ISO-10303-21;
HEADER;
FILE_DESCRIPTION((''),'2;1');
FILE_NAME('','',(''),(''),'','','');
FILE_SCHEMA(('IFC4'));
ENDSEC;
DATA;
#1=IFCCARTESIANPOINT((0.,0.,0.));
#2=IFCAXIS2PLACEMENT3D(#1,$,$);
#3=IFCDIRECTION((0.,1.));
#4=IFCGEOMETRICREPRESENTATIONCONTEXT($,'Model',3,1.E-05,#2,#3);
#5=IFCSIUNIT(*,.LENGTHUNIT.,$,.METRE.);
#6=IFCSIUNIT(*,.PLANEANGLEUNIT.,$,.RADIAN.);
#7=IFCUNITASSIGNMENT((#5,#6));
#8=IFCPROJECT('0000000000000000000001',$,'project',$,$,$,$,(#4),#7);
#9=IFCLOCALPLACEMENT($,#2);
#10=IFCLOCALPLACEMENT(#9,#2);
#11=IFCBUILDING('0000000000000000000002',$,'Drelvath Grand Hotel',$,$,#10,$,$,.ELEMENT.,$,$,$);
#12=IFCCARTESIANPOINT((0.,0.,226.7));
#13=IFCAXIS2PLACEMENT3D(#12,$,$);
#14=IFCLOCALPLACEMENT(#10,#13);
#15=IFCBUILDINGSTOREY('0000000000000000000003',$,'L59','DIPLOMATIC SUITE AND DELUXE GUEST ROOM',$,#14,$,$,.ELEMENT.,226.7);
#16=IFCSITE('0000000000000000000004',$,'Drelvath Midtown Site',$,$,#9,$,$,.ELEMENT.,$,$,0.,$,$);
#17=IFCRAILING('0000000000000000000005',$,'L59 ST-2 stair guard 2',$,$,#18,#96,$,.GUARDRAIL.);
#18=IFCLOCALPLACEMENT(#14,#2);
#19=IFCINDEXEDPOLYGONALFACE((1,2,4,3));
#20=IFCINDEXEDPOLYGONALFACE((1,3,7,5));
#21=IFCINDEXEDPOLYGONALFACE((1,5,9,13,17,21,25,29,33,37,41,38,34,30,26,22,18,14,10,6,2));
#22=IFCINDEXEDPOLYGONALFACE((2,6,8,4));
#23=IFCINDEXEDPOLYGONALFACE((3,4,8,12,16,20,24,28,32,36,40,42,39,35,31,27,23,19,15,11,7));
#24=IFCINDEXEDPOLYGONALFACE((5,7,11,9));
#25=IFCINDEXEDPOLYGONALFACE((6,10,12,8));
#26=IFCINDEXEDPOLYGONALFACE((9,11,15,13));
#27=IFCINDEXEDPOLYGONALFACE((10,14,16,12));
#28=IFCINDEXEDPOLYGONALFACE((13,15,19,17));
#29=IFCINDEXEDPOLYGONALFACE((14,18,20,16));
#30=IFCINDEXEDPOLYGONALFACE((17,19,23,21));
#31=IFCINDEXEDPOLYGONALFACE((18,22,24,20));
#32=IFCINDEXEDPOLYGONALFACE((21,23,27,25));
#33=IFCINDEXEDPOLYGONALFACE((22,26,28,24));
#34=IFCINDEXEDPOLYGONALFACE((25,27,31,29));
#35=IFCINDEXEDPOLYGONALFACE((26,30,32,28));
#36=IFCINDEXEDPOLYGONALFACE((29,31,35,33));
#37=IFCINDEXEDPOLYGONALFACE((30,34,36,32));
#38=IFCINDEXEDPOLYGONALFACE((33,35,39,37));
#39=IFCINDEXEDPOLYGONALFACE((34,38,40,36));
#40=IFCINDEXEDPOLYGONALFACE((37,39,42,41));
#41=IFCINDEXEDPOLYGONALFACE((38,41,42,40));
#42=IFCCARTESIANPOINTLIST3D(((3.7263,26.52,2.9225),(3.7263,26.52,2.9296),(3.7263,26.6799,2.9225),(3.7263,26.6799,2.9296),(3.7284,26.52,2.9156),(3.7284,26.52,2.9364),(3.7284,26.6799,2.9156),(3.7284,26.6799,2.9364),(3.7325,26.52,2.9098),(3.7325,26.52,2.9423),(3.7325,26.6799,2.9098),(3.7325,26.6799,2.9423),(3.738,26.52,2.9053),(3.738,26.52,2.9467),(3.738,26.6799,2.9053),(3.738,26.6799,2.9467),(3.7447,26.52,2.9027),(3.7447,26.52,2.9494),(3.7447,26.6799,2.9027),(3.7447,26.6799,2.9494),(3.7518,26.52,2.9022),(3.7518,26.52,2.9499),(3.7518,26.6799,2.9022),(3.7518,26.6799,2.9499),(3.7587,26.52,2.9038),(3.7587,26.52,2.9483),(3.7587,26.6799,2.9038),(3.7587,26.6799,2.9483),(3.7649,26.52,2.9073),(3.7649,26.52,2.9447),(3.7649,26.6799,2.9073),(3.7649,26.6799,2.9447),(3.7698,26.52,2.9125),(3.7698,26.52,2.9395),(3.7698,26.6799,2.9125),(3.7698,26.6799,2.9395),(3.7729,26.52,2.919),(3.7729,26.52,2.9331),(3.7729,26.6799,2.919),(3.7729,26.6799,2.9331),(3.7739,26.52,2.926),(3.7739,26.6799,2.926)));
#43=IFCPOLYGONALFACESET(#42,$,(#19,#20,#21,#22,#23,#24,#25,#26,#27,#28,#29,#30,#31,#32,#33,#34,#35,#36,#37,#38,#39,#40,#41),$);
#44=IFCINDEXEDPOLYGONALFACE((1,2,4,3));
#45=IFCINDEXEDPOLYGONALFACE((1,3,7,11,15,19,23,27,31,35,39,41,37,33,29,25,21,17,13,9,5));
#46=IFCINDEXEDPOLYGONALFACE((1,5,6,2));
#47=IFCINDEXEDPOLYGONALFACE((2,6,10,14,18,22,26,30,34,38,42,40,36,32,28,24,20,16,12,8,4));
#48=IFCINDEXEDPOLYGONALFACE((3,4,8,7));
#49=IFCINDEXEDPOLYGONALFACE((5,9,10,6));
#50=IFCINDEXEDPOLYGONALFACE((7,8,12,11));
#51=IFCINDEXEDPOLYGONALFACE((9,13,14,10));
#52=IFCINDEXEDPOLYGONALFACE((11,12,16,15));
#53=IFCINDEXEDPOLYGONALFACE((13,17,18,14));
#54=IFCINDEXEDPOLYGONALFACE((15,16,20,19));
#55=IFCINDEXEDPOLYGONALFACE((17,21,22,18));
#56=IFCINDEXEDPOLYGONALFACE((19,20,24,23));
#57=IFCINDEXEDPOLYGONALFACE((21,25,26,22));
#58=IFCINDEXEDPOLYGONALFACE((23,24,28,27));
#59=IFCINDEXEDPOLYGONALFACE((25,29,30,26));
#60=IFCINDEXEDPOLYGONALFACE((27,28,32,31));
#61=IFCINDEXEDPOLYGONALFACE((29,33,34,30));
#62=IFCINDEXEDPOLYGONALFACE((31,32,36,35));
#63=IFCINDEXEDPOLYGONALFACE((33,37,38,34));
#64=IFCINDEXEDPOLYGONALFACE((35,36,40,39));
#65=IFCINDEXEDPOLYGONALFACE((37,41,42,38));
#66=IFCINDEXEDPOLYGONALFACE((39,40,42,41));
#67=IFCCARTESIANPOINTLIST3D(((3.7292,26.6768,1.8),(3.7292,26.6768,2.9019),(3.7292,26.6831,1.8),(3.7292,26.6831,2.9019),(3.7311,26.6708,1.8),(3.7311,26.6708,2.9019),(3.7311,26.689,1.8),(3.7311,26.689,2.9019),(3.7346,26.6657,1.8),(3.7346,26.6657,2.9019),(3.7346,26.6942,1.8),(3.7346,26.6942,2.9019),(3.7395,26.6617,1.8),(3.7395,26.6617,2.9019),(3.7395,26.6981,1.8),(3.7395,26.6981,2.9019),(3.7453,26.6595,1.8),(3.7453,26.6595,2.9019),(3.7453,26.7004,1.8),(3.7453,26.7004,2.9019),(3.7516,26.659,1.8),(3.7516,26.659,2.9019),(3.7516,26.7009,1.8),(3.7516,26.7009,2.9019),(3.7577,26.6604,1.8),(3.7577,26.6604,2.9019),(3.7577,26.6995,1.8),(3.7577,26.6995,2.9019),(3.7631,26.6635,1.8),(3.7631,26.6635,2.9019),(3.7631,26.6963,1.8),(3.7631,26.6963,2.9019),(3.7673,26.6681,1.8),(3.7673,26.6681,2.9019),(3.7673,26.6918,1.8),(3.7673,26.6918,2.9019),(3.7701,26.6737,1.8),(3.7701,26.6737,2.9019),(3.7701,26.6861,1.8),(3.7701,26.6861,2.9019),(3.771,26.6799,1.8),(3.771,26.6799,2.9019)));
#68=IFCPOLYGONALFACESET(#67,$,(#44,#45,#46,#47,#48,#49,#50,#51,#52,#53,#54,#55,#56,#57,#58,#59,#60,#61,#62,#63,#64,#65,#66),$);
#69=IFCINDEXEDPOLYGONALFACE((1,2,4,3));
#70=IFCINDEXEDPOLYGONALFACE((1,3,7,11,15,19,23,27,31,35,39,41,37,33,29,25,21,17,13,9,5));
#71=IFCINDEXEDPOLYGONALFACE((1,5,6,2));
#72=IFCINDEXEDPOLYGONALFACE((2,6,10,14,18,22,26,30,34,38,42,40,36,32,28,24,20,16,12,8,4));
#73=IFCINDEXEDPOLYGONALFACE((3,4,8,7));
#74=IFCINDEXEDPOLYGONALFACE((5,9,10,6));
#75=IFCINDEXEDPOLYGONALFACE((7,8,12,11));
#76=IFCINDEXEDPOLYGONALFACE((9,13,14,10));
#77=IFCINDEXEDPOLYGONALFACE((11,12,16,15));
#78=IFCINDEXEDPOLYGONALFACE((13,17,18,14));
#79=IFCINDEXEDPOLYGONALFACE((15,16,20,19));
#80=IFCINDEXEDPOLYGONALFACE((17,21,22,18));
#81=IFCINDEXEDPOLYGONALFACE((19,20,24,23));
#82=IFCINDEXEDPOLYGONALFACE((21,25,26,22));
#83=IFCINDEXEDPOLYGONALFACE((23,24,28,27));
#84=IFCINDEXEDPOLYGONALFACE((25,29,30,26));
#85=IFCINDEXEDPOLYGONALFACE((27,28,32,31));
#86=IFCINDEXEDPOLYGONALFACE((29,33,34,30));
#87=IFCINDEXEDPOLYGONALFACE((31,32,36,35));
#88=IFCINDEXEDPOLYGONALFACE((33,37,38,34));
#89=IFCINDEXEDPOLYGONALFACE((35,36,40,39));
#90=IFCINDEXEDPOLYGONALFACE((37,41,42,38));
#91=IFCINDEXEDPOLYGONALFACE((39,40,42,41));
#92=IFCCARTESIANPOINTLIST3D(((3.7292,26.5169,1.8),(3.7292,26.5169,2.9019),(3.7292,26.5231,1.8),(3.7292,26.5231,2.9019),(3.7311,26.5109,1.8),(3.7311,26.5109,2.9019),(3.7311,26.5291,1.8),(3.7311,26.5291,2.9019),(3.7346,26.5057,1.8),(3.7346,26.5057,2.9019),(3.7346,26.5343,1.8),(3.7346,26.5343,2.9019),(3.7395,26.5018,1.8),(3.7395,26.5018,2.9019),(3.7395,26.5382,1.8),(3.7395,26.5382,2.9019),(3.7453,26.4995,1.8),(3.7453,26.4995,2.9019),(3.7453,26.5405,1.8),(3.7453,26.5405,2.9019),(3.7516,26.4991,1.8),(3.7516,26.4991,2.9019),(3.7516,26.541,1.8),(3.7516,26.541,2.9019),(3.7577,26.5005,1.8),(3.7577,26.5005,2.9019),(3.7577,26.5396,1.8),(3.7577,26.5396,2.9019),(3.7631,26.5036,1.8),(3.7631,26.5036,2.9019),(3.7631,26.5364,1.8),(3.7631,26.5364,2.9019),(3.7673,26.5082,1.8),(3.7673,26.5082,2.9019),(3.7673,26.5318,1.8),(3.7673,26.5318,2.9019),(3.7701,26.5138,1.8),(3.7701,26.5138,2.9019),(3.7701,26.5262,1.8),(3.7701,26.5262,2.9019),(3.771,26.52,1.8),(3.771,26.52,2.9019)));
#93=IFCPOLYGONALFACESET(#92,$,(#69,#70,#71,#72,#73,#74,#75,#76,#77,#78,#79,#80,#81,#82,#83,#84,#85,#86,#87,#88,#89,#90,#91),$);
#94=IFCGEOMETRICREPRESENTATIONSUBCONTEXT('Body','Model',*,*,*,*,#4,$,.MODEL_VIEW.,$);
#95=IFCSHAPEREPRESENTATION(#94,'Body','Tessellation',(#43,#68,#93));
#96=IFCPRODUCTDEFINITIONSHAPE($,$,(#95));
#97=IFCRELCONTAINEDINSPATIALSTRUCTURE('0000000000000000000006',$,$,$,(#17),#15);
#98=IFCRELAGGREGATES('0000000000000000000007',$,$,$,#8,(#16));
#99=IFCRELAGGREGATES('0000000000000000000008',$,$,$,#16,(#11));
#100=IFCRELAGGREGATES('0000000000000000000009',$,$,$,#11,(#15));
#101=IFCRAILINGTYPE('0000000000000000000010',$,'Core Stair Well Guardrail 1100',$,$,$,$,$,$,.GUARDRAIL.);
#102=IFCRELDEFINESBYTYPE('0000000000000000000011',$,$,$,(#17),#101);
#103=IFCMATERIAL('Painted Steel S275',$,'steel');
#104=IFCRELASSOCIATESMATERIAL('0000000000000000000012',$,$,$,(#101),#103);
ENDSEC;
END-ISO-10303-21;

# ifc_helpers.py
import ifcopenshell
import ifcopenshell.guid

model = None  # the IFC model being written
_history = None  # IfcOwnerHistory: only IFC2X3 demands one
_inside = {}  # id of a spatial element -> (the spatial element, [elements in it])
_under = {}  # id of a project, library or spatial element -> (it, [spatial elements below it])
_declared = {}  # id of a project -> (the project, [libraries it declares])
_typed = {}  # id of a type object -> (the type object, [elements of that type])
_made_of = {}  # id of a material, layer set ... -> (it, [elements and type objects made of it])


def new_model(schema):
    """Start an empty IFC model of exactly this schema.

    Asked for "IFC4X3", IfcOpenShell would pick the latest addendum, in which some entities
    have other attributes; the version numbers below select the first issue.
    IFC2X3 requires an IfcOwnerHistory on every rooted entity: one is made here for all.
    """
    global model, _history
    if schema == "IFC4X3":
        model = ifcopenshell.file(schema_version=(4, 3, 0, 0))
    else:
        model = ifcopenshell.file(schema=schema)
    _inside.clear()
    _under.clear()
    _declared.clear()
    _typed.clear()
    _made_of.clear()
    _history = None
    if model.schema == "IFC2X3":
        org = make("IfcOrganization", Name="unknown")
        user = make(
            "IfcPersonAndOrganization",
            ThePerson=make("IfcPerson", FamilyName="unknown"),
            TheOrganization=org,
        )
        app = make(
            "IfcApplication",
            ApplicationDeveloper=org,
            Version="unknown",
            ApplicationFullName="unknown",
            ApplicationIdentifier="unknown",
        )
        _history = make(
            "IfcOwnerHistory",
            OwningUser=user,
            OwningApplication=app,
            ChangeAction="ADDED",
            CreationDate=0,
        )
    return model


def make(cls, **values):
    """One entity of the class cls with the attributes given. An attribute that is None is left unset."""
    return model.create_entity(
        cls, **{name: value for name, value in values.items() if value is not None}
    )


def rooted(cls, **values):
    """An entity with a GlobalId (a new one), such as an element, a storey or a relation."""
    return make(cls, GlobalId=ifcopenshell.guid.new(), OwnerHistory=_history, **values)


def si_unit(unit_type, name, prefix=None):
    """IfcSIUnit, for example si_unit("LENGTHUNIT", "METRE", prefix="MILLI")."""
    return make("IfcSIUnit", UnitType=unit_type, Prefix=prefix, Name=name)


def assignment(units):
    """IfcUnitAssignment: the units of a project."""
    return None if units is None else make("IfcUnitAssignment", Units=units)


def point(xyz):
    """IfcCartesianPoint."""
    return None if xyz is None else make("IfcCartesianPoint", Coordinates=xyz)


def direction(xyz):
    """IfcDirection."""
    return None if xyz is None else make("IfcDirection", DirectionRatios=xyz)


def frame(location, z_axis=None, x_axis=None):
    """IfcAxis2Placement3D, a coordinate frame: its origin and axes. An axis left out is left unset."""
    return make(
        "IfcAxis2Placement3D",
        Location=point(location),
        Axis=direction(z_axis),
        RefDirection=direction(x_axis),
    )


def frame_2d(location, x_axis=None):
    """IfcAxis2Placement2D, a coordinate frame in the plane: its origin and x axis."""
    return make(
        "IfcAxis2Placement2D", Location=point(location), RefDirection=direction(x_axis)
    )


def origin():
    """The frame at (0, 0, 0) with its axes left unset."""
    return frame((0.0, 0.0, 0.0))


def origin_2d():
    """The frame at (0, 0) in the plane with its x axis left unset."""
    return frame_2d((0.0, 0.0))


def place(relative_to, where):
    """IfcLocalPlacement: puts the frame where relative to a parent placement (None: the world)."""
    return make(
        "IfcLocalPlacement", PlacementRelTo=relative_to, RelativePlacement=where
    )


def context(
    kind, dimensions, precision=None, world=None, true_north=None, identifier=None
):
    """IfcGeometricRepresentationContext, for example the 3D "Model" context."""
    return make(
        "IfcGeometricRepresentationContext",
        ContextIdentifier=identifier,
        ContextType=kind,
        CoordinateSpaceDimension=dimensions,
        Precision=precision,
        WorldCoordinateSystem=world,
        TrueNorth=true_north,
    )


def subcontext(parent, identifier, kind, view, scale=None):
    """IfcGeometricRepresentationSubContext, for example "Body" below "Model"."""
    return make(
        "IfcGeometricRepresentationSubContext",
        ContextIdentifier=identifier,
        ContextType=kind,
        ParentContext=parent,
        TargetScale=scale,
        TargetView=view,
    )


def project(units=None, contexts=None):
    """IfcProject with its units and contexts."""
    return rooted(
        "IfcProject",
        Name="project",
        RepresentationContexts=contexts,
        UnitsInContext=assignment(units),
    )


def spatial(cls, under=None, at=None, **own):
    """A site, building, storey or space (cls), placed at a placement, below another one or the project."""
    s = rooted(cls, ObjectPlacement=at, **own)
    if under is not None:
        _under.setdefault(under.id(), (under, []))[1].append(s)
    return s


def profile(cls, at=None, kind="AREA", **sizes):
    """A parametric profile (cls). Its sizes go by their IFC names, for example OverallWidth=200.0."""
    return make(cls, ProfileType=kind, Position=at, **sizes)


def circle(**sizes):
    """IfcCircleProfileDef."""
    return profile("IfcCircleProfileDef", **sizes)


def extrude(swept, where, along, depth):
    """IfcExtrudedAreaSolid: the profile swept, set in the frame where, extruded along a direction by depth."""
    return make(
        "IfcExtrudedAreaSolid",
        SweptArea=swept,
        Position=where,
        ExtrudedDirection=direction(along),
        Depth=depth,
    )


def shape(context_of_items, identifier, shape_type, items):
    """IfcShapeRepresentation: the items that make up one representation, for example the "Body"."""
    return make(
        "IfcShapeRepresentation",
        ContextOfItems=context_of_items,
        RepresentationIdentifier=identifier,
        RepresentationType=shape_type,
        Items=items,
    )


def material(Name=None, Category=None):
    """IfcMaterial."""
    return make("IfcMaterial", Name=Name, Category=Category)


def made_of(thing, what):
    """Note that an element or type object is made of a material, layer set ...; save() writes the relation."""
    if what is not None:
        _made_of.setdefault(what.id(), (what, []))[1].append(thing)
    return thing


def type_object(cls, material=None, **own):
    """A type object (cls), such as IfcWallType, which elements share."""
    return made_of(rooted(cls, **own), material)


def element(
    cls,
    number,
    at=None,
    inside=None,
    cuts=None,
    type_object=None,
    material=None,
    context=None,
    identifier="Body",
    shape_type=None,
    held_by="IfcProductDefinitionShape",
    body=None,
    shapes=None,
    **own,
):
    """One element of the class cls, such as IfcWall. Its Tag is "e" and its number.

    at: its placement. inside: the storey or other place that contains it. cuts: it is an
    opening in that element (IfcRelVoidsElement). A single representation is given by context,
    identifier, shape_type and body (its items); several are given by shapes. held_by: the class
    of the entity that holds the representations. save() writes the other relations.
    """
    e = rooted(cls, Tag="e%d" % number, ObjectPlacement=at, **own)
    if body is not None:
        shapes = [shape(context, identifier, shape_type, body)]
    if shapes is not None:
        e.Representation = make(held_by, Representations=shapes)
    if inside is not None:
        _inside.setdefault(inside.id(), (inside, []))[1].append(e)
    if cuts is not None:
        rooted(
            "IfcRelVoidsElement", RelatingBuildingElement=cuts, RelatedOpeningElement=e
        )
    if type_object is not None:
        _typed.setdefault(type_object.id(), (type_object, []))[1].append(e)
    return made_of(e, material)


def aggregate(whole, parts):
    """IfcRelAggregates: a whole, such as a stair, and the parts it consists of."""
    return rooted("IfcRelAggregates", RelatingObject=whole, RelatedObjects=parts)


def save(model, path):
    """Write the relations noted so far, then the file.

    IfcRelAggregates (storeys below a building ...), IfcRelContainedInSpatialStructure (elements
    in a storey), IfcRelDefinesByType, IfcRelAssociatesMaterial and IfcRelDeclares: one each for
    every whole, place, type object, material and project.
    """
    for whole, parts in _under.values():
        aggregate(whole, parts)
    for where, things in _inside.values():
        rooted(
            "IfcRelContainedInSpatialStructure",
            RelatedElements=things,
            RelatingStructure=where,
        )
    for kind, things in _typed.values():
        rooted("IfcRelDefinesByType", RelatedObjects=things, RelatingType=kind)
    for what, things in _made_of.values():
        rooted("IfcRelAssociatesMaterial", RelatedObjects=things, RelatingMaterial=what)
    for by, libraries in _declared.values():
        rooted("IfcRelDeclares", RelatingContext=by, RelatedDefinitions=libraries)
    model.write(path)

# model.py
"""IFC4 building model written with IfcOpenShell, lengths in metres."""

from ifc_helpers import new_model, si_unit, direction, frame, origin, origin_2d, place, context, subcontext, project, spatial, circle, extrude, material, type_object, element, save


model = new_model("IFC4")

# Units and contexts
model_context = context("Model", 3, precision=1e-05, world=origin(), true_north=direction((0.0, 1.0)))
body_context = subcontext(model_context, "Body", "Model", "MODEL_VIEW")
ifc_project = project(units=[si_unit("LENGTHUNIT", "METRE"), si_unit("PLANEANGLEUNIT", "RADIAN")], contexts=[model_context])

# Site, building, storey
site_placement = place(None, origin())
site = spatial("IfcSite", under=ifc_project, at=site_placement, Name="Drelvath Midtown Site", CompositionType="ELEMENT", RefElevation=0.0)
building_placement = place(site_placement, origin())
building = spatial("IfcBuilding", under=site, at=building_placement, Name="Drelvath Grand Hotel", CompositionType="ELEMENT")
storey_placement = place(building_placement, frame((0.0, 0.0, 226.7)))
storey = spatial("IfcBuildingStorey", under=building, at=storey_placement, Name="L59", Description="DIPLOMATIC SUITE AND DELUXE GUEST ROOM", CompositionType="ELEMENT", Elevation=226.7)

# Railing
ifc_material_1 = material(Name="Painted Steel S275", Category="steel")
railing_type_1 = type_object("IfcRailingType", Name="Core Stair Well Guardrail 1100", PredefinedType="GUARDRAIL", material=ifc_material_1)
railing_1_placement = place(storey_placement, frame((3.75, 26.6799, 1.8)))
element("IfcRailing", 1, at=railing_1_placement, inside=storey, type_object=railing_type_1, Name="L59 ST-2 stair guard 2", PredefinedType="GUARDRAIL", context=body_context, shape_type="SweptSolid", body=[
    extrude(circle(Radius=0.0239, at=origin_2d()), frame((0.0, 0.0, 1.126), z_axis=(0.0, -1.0, 0.0), x_axis=(1.0, 0.0, 0.0)), (0.0, 0.0, 1.0), 0.1599),
    extrude(circle(Radius=0.021, at=origin_2d()), origin(), (0.0, 0.0, 1.0), 1.1018),
    extrude(circle(Radius=0.021, at=origin_2d()), frame((0.0, -0.1599, 0.0)), (0.0, 0.0, 1.0), 1.1018),
])

save(model, "model.ifc")
